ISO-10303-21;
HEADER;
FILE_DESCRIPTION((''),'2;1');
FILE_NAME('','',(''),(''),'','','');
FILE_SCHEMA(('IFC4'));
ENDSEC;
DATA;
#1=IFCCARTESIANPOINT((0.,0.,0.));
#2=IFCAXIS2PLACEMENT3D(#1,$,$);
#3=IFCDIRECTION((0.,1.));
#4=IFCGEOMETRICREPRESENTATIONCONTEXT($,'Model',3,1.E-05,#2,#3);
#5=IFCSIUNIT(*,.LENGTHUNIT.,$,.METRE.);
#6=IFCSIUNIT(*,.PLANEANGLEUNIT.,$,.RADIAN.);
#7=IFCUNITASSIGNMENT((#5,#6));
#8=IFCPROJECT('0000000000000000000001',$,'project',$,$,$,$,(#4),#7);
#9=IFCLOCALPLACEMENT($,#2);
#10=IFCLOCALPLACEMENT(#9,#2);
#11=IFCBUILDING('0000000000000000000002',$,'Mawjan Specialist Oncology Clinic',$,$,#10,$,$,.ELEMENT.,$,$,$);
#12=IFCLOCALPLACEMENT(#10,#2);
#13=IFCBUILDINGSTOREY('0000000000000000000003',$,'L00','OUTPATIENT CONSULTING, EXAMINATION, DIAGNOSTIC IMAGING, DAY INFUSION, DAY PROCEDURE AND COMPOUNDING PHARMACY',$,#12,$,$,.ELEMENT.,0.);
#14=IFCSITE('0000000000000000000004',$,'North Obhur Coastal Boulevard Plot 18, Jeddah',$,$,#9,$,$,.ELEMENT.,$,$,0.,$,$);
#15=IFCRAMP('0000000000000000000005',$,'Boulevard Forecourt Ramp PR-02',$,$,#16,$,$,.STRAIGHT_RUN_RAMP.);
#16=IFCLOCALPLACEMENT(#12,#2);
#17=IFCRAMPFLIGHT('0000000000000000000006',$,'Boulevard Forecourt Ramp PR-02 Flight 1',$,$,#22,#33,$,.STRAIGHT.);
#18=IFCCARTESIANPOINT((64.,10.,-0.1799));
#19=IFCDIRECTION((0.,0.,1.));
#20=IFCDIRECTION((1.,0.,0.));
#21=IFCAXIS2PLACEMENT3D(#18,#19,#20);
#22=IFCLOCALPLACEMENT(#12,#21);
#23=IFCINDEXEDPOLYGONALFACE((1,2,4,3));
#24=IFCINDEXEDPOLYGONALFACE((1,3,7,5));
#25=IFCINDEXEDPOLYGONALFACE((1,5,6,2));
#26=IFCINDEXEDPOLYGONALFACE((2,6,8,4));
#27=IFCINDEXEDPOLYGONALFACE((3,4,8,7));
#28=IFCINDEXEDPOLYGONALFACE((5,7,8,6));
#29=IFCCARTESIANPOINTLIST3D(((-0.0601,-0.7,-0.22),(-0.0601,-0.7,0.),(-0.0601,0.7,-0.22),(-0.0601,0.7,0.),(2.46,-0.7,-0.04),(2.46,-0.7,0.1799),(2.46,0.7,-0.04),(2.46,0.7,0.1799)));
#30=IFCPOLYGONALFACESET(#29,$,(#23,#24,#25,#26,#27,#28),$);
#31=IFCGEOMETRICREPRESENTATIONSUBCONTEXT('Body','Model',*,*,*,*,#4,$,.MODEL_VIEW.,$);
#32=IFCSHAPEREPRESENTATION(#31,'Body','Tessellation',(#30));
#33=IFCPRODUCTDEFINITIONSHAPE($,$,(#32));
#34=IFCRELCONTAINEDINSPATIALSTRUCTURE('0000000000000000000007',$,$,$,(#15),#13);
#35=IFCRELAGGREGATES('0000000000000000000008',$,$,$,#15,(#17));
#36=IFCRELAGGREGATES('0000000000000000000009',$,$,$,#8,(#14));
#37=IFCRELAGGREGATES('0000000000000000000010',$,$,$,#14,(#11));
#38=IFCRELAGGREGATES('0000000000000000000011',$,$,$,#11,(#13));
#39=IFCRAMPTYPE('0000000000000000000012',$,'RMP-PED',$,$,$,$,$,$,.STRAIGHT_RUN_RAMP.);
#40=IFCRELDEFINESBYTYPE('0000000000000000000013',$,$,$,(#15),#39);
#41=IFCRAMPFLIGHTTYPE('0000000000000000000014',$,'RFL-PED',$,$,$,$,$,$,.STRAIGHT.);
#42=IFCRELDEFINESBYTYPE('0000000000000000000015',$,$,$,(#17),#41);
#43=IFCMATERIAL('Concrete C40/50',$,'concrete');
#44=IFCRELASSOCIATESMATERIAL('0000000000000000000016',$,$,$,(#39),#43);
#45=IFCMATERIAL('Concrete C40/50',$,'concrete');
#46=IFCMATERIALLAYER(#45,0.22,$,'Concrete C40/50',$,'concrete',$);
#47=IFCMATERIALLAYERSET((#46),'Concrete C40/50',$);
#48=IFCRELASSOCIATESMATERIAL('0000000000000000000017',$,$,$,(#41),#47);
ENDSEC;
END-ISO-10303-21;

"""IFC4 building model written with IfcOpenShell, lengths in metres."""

from ifc_helpers import new_model, si_unit, direction, frame, origin, place, context, subcontext, project, spatial, polyline, outline, extrude, material, layer, layer_set, type_object, element, aggregate, save


model = new_model("IFC4")

# Units and contexts
model_context = context("Model", 3, precision=1e-05, world=origin(), true_north=direction((0.0, 1.0)))
body_context = subcontext(model_context, "Body", "Model", "MODEL_VIEW")
ifc_project = project(units=[si_unit("LENGTHUNIT", "METRE"), si_unit("PLANEANGLEUNIT", "RADIAN")], contexts=[model_context])

# Site, building, storey
site_placement = place(None, origin())
site = spatial("IfcSite", under=ifc_project, at=site_placement, Name="North Obhur Coastal Boulevard Plot 18, Jeddah", CompositionType="ELEMENT", RefElevation=0.0)
building_placement = place(site_placement, origin())
building = spatial("IfcBuilding", under=site, at=building_placement, Name="Mawjan Specialist Oncology Clinic", CompositionType="ELEMENT")
storey_placement = place(building_placement, origin())
storey = spatial("IfcBuildingStorey", under=building, at=storey_placement, Name="L00", Description="OUTPATIENT CONSULTING, EXAMINATION, DIAGNOSTIC IMAGING, DAY INFUSION, DAY PROCEDURE AND COMPOUNDING PHARMACY", CompositionType="ELEMENT", Elevation=0.0)

# Ramp, ramp flight
ifc_material_1 = material(Name="Concrete C40/50", Category="concrete")
ramp_type = type_object("IfcRampType", Name="RMP-PED", PredefinedType="STRAIGHT_RUN_RAMP", material=ifc_material_1)
ramp_placement = place(storey_placement, origin())
ramp = element("IfcRamp", 1, at=ramp_placement, inside=storey, type_object=ramp_type, Name="Boulevard Forecourt Ramp PR-02", PredefinedType="STRAIGHT_RUN_RAMP")
ifc_material_2 = material(Name="Concrete C40/50", Category="concrete")
ifc_layer_1 = layer(ifc_material_2, 0.22, Name="Concrete C40/50", Category="concrete")
ifc_layer_set_1 = layer_set([ifc_layer_1], Name="Concrete C40/50")
ramp_flight_type = type_object("IfcRampFlightType", Name="RFL-PED", PredefinedType="STRAIGHT", material=ifc_layer_set_1)
ramp_flight_placement = place(storey_placement, frame((64.0, 10.0, -0.1799), z_axis=(0.0, 0.0, 1.0), x_axis=(1.0, 0.0, 0.0)))
ramp_flight = element("IfcRampFlight", 2, at=ramp_flight_placement, type_object=ramp_flight_type, Name="Boulevard Forecourt Ramp PR-02 Flight 1", PredefinedType="STRAIGHT", context=body_context, shape_type="SweptSolid", body=[
    extrude(outline(polyline([(-0.0601, -0.22), (2.46, -0.04), (2.46, 0.1799), (-0.0601, 0.0), (-0.0601, -0.22)])), frame((0.0, 0.7, 0.0), z_axis=(0.0, -1.0, 0.0), x_axis=(1.0, 0.0, 0.0)), (0.0, 0.0, 1.0), 1.3999),
])
aggregate(ramp, [ramp_flight])

save(model, "model.ifc")
